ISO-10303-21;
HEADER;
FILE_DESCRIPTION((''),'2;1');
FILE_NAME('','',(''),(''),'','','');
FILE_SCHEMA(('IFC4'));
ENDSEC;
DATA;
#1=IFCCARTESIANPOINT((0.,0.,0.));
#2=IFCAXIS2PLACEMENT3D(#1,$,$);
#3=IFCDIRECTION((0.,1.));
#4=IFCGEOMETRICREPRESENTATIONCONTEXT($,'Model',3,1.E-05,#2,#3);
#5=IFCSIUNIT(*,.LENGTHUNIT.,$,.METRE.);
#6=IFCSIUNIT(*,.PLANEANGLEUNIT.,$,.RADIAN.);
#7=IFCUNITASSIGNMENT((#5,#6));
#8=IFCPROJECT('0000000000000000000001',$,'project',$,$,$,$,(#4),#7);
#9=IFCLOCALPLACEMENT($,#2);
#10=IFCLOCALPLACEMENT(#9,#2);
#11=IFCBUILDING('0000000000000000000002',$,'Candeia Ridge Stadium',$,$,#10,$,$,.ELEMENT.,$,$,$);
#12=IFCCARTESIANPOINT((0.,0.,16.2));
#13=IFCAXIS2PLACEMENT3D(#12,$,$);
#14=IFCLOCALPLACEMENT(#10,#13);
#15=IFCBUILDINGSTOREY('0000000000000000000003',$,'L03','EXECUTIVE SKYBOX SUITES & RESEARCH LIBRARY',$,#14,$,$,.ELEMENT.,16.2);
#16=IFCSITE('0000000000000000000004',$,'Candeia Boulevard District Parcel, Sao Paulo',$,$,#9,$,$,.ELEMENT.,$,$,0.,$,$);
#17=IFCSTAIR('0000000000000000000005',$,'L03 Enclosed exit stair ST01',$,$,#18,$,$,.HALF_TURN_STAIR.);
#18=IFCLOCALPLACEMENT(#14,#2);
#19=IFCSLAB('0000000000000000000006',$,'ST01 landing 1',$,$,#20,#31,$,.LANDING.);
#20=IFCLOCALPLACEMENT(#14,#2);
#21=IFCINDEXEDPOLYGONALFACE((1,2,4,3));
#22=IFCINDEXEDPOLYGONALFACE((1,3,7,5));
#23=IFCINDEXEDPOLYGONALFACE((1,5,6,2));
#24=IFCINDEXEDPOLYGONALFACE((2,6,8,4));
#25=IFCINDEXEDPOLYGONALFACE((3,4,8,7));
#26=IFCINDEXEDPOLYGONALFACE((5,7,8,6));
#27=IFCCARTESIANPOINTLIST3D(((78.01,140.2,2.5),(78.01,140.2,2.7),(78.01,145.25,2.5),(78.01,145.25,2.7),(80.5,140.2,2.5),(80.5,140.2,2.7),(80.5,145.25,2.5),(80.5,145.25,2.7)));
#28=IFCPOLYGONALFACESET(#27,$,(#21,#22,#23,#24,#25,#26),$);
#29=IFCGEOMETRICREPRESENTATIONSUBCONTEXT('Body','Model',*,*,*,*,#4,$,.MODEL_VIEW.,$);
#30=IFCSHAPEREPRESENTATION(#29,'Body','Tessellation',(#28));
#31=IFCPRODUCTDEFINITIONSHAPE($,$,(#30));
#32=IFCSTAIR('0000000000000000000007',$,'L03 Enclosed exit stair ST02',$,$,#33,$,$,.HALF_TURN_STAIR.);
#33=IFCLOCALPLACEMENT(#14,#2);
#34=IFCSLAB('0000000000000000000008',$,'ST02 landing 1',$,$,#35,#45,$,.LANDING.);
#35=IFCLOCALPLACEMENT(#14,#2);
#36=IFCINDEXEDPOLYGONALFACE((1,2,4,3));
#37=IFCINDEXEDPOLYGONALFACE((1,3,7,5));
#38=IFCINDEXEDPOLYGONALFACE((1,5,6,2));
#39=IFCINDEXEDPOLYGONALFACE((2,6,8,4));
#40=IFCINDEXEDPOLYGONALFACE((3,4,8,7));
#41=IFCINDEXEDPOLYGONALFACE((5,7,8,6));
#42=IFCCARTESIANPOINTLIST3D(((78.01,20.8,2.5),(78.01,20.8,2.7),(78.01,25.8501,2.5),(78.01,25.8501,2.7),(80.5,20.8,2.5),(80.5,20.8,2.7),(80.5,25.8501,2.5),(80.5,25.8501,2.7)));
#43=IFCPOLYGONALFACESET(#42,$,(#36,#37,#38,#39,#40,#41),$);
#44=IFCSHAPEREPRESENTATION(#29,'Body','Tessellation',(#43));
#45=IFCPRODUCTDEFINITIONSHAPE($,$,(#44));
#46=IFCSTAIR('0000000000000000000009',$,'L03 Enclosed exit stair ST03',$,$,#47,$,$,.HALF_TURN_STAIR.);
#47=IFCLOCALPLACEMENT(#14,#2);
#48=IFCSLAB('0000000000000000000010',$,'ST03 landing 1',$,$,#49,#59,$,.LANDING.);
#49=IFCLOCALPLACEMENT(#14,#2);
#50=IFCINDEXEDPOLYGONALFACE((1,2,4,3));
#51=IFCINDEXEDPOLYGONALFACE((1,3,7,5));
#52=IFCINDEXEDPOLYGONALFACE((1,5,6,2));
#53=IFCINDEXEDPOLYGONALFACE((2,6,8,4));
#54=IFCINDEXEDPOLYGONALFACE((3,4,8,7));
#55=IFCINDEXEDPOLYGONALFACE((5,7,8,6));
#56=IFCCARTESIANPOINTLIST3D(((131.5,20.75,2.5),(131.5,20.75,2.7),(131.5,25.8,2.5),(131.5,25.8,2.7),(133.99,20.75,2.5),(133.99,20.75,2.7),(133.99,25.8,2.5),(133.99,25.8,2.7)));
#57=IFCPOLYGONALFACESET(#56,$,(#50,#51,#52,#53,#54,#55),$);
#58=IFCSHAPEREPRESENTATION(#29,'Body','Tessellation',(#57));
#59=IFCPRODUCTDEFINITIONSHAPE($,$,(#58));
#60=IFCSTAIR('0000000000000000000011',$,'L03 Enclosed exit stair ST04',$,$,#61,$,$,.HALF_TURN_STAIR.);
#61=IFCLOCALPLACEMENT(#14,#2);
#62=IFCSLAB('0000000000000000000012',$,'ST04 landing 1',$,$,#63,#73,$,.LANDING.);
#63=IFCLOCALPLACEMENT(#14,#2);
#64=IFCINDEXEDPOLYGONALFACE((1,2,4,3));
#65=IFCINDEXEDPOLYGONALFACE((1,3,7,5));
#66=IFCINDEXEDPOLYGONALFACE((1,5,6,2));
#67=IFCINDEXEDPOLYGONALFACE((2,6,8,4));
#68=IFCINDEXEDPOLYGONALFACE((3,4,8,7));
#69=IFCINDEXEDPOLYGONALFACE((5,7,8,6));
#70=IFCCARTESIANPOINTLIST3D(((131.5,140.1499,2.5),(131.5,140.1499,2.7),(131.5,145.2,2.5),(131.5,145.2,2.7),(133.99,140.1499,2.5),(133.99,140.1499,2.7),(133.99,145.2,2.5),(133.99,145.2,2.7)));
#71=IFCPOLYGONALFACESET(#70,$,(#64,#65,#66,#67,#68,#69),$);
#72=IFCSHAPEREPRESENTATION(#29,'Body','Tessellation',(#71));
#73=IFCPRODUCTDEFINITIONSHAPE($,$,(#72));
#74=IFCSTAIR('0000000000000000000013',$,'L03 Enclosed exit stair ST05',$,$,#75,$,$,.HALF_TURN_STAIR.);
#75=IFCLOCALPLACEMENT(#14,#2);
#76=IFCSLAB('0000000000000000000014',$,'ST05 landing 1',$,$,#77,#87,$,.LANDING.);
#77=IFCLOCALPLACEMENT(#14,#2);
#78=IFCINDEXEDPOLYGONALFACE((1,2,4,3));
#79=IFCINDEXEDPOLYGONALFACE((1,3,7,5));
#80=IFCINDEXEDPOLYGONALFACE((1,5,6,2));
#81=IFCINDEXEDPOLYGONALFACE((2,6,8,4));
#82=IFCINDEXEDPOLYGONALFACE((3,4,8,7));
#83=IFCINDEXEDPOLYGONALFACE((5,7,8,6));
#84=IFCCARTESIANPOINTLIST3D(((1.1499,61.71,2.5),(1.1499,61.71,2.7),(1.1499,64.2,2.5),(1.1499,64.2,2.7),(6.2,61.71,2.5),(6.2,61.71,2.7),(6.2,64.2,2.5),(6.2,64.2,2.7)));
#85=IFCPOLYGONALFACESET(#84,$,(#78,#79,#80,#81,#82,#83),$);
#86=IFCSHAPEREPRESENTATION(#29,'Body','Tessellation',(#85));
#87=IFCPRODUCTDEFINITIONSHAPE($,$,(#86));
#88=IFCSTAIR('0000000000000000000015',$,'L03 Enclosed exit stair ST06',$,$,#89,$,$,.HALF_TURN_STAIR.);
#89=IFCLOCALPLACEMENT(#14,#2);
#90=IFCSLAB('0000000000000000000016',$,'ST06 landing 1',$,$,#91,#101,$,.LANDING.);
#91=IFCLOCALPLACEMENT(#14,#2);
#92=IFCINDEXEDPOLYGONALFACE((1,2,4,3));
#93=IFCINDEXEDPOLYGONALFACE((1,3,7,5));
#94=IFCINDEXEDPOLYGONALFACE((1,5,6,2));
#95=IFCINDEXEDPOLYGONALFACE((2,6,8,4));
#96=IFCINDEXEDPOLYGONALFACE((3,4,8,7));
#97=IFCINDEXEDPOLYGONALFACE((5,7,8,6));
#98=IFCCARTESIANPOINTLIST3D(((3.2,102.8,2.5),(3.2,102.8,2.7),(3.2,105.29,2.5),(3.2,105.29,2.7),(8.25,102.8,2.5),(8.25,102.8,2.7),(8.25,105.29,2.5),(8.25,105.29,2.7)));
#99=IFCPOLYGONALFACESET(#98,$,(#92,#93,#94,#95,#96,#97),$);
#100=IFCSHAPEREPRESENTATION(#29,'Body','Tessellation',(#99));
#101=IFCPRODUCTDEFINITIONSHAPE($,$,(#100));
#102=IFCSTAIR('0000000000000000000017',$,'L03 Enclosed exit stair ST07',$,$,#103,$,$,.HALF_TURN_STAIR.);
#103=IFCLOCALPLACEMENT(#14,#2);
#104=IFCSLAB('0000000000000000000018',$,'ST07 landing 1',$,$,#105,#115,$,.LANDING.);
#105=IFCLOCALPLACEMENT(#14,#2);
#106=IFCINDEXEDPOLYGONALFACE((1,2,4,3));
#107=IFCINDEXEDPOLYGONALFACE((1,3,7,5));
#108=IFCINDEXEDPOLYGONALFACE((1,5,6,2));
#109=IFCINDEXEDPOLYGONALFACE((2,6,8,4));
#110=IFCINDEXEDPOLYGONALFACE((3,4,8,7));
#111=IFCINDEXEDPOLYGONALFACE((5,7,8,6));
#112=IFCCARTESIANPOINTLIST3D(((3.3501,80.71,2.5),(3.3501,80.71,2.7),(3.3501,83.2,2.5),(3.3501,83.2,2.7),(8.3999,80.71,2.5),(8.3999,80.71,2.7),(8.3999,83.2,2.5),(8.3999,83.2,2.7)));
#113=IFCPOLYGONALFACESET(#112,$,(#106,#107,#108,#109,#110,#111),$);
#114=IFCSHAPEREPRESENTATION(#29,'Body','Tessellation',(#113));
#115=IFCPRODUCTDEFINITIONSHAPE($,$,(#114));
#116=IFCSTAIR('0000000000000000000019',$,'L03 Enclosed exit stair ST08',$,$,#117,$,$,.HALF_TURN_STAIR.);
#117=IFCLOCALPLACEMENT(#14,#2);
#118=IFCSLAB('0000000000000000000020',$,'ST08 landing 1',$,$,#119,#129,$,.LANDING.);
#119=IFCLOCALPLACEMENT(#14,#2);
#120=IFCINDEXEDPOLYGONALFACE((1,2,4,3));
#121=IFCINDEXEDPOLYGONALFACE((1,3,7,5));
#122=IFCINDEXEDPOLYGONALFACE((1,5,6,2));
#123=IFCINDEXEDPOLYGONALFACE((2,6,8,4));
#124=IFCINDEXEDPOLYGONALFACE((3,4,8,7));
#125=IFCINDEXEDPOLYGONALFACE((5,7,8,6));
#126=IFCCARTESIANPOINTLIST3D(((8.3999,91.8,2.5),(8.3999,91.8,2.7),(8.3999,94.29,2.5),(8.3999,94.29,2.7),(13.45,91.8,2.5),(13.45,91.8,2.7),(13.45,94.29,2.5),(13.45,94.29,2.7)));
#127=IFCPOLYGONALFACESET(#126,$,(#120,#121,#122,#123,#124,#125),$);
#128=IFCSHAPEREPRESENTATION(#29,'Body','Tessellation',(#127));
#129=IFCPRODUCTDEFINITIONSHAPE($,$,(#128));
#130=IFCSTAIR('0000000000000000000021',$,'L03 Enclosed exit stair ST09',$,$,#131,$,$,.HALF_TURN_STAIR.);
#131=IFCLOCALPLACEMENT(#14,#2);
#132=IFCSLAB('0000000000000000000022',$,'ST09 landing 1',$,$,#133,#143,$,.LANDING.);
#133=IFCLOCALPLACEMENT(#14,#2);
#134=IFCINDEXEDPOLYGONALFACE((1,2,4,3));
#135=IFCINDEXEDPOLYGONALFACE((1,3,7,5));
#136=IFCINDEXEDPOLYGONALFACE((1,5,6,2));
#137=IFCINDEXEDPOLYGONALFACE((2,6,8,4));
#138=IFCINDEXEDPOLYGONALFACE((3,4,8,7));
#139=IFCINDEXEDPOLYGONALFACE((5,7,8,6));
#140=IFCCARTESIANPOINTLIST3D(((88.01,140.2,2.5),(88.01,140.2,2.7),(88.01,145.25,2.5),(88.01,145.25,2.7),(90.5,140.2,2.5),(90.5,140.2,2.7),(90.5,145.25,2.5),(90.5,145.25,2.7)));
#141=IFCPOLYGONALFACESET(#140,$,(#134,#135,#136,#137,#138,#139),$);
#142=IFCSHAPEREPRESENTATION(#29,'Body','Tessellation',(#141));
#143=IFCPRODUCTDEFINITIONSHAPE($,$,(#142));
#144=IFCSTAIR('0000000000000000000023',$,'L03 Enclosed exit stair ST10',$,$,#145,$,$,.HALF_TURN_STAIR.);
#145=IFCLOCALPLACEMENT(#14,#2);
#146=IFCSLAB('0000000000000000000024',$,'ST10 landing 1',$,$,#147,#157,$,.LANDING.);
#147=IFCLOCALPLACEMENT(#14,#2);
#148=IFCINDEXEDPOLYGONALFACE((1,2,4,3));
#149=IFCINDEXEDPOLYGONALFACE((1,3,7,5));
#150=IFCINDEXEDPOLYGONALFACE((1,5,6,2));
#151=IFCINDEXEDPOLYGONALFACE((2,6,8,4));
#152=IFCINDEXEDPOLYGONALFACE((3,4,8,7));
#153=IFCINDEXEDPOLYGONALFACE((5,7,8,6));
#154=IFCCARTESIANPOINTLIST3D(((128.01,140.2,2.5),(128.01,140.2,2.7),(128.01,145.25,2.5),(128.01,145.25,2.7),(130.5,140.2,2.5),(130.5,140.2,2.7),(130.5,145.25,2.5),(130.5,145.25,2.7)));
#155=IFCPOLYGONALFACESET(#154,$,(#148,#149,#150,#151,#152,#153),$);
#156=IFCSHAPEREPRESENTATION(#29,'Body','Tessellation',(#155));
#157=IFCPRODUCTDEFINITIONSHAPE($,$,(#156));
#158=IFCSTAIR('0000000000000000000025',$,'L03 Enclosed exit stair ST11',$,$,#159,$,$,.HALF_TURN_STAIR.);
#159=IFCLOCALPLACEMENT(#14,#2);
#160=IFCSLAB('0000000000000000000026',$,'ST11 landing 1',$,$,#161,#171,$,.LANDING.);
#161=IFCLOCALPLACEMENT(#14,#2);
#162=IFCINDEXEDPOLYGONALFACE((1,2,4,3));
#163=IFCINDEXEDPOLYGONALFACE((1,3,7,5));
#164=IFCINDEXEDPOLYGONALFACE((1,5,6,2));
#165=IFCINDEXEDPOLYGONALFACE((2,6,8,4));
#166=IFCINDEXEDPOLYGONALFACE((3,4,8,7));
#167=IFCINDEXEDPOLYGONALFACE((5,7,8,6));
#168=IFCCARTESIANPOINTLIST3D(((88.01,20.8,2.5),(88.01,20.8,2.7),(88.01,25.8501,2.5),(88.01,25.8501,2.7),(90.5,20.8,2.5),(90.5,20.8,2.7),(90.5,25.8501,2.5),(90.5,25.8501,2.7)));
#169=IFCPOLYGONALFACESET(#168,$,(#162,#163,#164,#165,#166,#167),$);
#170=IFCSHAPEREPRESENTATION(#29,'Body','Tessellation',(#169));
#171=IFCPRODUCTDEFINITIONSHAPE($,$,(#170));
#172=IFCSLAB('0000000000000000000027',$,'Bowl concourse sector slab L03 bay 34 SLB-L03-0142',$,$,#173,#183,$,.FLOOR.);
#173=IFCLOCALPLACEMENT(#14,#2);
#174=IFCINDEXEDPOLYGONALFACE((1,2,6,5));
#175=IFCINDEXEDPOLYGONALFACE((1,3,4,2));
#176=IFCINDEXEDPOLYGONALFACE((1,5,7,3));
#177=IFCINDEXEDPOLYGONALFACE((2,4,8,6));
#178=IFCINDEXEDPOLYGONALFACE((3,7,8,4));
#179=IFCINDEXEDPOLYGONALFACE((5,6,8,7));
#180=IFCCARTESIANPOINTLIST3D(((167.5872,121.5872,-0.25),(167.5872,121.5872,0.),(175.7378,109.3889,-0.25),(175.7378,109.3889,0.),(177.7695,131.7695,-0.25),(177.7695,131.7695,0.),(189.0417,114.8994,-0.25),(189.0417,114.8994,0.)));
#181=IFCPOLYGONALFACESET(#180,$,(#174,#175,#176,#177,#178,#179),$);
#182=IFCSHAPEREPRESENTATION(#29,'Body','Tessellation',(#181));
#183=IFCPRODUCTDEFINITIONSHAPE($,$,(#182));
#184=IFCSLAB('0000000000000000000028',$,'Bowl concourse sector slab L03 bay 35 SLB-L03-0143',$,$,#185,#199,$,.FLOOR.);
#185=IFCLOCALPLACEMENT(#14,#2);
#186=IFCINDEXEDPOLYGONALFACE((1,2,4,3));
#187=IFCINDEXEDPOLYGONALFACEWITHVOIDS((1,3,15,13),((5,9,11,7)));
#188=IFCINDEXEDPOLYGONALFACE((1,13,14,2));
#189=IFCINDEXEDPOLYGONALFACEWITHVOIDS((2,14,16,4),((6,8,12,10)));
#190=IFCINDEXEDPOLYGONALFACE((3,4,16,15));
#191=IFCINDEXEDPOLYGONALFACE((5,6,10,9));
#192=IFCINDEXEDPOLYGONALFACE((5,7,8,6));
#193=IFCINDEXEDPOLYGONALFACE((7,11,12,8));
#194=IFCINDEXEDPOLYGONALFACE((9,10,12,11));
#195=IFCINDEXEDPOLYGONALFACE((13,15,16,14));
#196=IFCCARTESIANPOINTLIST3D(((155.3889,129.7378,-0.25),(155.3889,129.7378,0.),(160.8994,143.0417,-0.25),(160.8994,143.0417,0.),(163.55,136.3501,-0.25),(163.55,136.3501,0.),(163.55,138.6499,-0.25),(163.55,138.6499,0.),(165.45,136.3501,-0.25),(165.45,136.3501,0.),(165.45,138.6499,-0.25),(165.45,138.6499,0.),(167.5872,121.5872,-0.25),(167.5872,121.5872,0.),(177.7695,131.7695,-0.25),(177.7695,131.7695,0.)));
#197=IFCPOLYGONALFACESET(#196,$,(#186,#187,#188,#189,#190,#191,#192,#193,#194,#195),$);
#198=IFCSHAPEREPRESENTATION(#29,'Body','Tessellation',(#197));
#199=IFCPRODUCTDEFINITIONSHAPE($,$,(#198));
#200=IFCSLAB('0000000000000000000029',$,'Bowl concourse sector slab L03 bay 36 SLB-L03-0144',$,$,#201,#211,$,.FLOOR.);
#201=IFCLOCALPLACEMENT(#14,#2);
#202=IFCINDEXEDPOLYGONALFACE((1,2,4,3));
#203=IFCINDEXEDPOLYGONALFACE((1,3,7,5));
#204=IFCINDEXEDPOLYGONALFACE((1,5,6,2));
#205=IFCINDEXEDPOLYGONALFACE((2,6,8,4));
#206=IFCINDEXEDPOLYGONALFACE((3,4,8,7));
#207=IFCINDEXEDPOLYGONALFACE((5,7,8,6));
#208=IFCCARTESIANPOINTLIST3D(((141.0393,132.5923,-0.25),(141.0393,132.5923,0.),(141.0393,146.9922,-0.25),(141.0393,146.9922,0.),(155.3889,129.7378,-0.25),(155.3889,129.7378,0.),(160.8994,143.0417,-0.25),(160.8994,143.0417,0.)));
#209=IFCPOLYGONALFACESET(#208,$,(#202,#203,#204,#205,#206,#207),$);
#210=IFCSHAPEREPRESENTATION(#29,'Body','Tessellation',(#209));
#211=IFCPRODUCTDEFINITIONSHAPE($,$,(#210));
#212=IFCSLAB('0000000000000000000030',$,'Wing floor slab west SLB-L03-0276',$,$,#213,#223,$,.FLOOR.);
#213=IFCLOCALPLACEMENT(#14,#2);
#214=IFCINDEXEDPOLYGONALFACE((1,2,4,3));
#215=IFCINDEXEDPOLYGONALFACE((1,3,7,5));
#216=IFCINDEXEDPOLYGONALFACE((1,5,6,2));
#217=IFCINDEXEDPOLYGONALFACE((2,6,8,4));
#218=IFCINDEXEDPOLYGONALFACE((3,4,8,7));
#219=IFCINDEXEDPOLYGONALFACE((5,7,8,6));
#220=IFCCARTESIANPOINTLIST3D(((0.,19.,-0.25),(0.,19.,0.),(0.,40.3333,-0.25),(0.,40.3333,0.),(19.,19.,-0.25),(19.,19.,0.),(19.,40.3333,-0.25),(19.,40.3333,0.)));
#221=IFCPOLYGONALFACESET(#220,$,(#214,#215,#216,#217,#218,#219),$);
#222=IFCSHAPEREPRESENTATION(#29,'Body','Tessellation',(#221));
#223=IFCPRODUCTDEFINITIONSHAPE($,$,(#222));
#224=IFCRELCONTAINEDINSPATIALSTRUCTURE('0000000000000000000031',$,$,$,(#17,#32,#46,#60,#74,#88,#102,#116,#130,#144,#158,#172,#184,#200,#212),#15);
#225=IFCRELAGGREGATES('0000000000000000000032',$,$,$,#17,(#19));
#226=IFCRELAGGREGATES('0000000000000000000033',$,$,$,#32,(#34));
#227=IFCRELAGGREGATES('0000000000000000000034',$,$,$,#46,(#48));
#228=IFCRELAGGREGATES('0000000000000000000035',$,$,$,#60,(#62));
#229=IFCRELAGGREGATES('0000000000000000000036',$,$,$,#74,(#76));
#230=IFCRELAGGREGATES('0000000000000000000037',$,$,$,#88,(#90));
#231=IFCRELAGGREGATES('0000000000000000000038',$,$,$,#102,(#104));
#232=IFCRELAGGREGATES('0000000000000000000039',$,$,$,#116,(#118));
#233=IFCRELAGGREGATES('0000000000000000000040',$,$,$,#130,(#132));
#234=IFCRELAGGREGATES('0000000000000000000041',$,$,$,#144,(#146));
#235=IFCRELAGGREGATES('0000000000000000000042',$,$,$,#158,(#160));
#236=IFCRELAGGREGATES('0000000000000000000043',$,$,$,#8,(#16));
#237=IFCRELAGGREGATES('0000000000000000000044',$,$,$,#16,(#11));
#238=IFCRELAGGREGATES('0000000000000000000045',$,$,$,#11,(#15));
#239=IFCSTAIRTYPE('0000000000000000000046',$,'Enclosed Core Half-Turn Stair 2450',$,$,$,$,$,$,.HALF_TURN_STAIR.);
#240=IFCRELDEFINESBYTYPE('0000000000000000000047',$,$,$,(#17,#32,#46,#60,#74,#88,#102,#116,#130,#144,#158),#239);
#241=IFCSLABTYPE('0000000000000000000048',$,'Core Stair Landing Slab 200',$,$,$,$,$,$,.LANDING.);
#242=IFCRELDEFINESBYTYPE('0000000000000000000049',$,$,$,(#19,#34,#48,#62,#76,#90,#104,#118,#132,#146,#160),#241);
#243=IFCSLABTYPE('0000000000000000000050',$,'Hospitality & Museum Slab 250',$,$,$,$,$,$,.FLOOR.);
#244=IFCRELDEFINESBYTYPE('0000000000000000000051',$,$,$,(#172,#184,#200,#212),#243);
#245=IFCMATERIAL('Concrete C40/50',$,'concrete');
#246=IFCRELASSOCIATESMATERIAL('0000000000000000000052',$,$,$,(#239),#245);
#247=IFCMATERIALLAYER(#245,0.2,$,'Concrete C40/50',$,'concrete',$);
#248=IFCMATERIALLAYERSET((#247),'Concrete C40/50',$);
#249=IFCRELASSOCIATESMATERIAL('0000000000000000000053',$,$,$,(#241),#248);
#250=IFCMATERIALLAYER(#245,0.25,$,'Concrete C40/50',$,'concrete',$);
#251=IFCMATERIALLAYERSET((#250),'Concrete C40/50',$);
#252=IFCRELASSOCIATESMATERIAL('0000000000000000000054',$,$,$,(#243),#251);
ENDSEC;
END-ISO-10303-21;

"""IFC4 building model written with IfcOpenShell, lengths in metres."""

from ifc_helpers import new_model, si_unit, direction, frame, origin, place, context, subcontext, project, spatial, polyline, outline, extrude, material, layer, layer_set, type_object, element, aggregate, save


model = new_model("IFC4")

# Units and contexts
model_context = context("Model", 3, precision=1e-05, world=origin(), true_north=direction((0.0, 1.0)))
body_context = subcontext(model_context, "Body", "Model", "MODEL_VIEW")
ifc_project = project(units=[si_unit("LENGTHUNIT", "METRE"), si_unit("PLANEANGLEUNIT", "RADIAN")], contexts=[model_context])

# Site, building, storey
site_placement = place(None, origin())
site = spatial("IfcSite", under=ifc_project, at=site_placement, Name="Candeia Boulevard District Parcel, Sao Paulo", CompositionType="ELEMENT", RefElevation=0.0)
building_placement = place(site_placement, origin())
building = spatial("IfcBuilding", under=site, at=building_placement, Name="Candeia Ridge Stadium", CompositionType="ELEMENT")
storey_placement = place(building_placement, frame((0.0, 0.0, 16.2)))
storey = spatial("IfcBuildingStorey", under=building, at=storey_placement, Name="L03", Description="EXECUTIVE SKYBOX SUITES & RESEARCH LIBRARY", CompositionType="ELEMENT", Elevation=16.2)

# Stairs, slabs
ifc_material_1 = material(Name="Concrete C40/50", Category="concrete")
stair_type = type_object("IfcStairType", Name="Enclosed Core Half-Turn Stair 2450", PredefinedType="HALF_TURN_STAIR", material=ifc_material_1)
stair_1_placement = place(storey_placement, origin())
stair_1 = element("IfcStair", 1, at=stair_1_placement, inside=storey, type_object=stair_type, Name="L03 Enclosed exit stair ST01", PredefinedType="HALF_TURN_STAIR")
ifc_layer_1 = layer(ifc_material_1, 0.2, Name="Concrete C40/50", Category="concrete")
ifc_layer_set_1 = layer_set([ifc_layer_1], Name="Concrete C40/50")
slab_type_1 = type_object("IfcSlabType", Name="Core Stair Landing Slab 200", PredefinedType="LANDING", material=ifc_layer_set_1)
slab_1_placement = place(storey_placement, frame((0.0, 0.0, 2.5)))
slab_1 = element("IfcSlab", 2, at=slab_1_placement, type_object=slab_type_1, Name="ST01 landing 1", PredefinedType="LANDING", context=body_context, shape_type="SweptSolid", body=[
    extrude(outline(polyline([(78.01, 140.2), (80.5, 140.2), (80.5, 145.25), (78.01, 145.25), (78.01, 140.2)])), origin(), (0.0, 0.0, 1.0), 0.2),
])
aggregate(stair_1, [slab_1])
stair_2_placement = place(storey_placement, origin())
stair_2 = element("IfcStair", 3, at=stair_2_placement, inside=storey, type_object=stair_type, Name="L03 Enclosed exit stair ST02", PredefinedType="HALF_TURN_STAIR")
slab_2_placement = place(storey_placement, frame((0.0, 0.0, 2.5)))
slab_2 = element("IfcSlab", 4, at=slab_2_placement, type_object=slab_type_1, Name="ST02 landing 1", PredefinedType="LANDING", context=body_context, shape_type="SweptSolid", body=[
    extrude(outline(polyline([(78.01, 20.8), (80.5, 20.8), (80.5, 25.8501), (78.01, 25.8501), (78.01, 20.8)])), origin(), (0.0, 0.0, 1.0), 0.2),
])
aggregate(stair_2, [slab_2])
stair_3_placement = place(storey_placement, origin())
stair_3 = element("IfcStair", 5, at=stair_3_placement, inside=storey, type_object=stair_type, Name="L03 Enclosed exit stair ST03", PredefinedType="HALF_TURN_STAIR")
slab_3_placement = place(storey_placement, frame((0.0, 0.0, 2.5)))
slab_3 = element("IfcSlab", 6, at=slab_3_placement, type_object=slab_type_1, Name="ST03 landing 1", PredefinedType="LANDING", context=body_context, shape_type="SweptSolid", body=[
    extrude(outline(polyline([(133.99, 25.8), (131.5, 25.8), (131.5, 20.75), (133.99, 20.75), (133.99, 25.8)])), origin(), (0.0, 0.0, 1.0), 0.2),
])
aggregate(stair_3, [slab_3])
stair_4_placement = place(storey_placement, origin())
stair_4 = element("IfcStair", 7, at=stair_4_placement, inside=storey, type_object=stair_type, Name="L03 Enclosed exit stair ST04", PredefinedType="HALF_TURN_STAIR")
slab_4_placement = place(storey_placement, frame((0.0, 0.0, 2.5)))
slab_4 = element("IfcSlab", 8, at=slab_4_placement, type_object=slab_type_1, Name="ST04 landing 1", PredefinedType="LANDING", context=body_context, shape_type="SweptSolid", body=[
    extrude(outline(polyline([(133.99, 145.2), (131.5, 145.2), (131.5, 140.1499), (133.99, 140.1499), (133.99, 145.2)])), origin(), (0.0, 0.0, 1.0), 0.2),
])
aggregate(stair_4, [slab_4])
stair_5_placement = place(storey_placement, origin())
stair_5 = element("IfcStair", 9, at=stair_5_placement, inside=storey, type_object=stair_type, Name="L03 Enclosed exit stair ST05", PredefinedType="HALF_TURN_STAIR")
slab_5_placement = place(storey_placement, frame((0.0, 0.0, 2.5)))
slab_5 = element("IfcSlab", 10, at=slab_5_placement, type_object=slab_type_1, Name="ST05 landing 1", PredefinedType="LANDING", context=body_context, shape_type="SweptSolid", body=[
    extrude(outline(polyline([(6.2, 61.71), (6.2, 64.2), (1.1499, 64.2), (1.1499, 61.71), (6.2, 61.71)])), origin(), (0.0, 0.0, 1.0), 0.2),
])
aggregate(stair_5, [slab_5])
stair_6_placement = place(storey_placement, origin())
stair_6 = element("IfcStair", 11, at=stair_6_placement, inside=storey, type_object=stair_type, Name="L03 Enclosed exit stair ST06", PredefinedType="HALF_TURN_STAIR")
slab_6_placement = place(storey_placement, frame((0.0, 0.0, 2.5)))
slab_6 = element("IfcSlab", 12, at=slab_6_placement, type_object=slab_type_1, Name="ST06 landing 1", PredefinedType="LANDING", context=body_context, shape_type="SweptSolid", body=[
    extrude(outline(polyline([(3.2, 105.29), (3.2, 102.8), (8.25, 102.8), (8.25, 105.29), (3.2, 105.29)])), origin(), (0.0, 0.0, 1.0), 0.2),
])
aggregate(stair_6, [slab_6])
stair_7_placement = place(storey_placement, origin())
stair_7 = element("IfcStair", 13, at=stair_7_placement, inside=storey, type_object=stair_type, Name="L03 Enclosed exit stair ST07", PredefinedType="HALF_TURN_STAIR")
slab_7_placement = place(storey_placement, frame((0.0, 0.0, 2.5)))
slab_7 = element("IfcSlab", 14, at=slab_7_placement, type_object=slab_type_1, Name="ST07 landing 1", PredefinedType="LANDING", context=body_context, shape_type="SweptSolid", body=[
    extrude(outline(polyline([(8.3999, 80.71), (8.3999, 83.2), (3.3501, 83.2), (3.3501, 80.71), (8.3999, 80.71)])), origin(), (0.0, 0.0, 1.0), 0.2),
])
aggregate(stair_7, [slab_7])
stair_8_placement = place(storey_placement, origin())
stair_8 = element("IfcStair", 15, at=stair_8_placement, inside=storey, type_object=stair_type, Name="L03 Enclosed exit stair ST08", PredefinedType="HALF_TURN_STAIR")
slab_8_placement = place(storey_placement, frame((0.0, 0.0, 2.5)))
slab_8 = element("IfcSlab", 16, at=slab_8_placement, type_object=slab_type_1, Name="ST08 landing 1", PredefinedType="LANDING", context=body_context, shape_type="SweptSolid", body=[
    extrude(outline(polyline([(8.3999, 94.29), (8.3999, 91.8), (13.45, 91.8), (13.45, 94.29), (8.3999, 94.29)])), origin(), (0.0, 0.0, 1.0), 0.2),
])
aggregate(stair_8, [slab_8])
stair_9_placement = place(storey_placement, origin())
stair_9 = element("IfcStair", 17, at=stair_9_placement, inside=storey, type_object=stair_type, Name="L03 Enclosed exit stair ST09", PredefinedType="HALF_TURN_STAIR")
slab_9_placement = place(storey_placement, frame((0.0, 0.0, 2.5)))
slab_9 = element("IfcSlab", 18, at=slab_9_placement, type_object=slab_type_1, Name="ST09 landing 1", PredefinedType="LANDING", context=body_context, shape_type="SweptSolid", body=[
    extrude(outline(polyline([(88.01, 140.2), (90.5, 140.2), (90.5, 145.25), (88.01, 145.25), (88.01, 140.2)])), origin(), (0.0, 0.0, 1.0), 0.2),
])
aggregate(stair_9, [slab_9])
stair_10_placement = place(storey_placement, origin())
stair_10 = element("IfcStair", 19, at=stair_10_placement, inside=storey, type_object=stair_type, Name="L03 Enclosed exit stair ST10", PredefinedType="HALF_TURN_STAIR")
slab_10_placement = place(storey_placement, frame((0.0, 0.0, 2.5)))
slab_10 = element("IfcSlab", 20, at=slab_10_placement, type_object=slab_type_1, Name="ST10 landing 1", PredefinedType="LANDING", context=body_context, shape_type="SweptSolid", body=[
    extrude(outline(polyline([(128.01, 140.2), (130.5, 140.2), (130.5, 145.25), (128.01, 145.25), (128.01, 140.2)])), origin(), (0.0, 0.0, 1.0), 0.2),
])
aggregate(stair_10, [slab_10])
stair_11_placement = place(storey_placement, origin())
stair_11 = element("IfcStair", 21, at=stair_11_placement, inside=storey, type_object=stair_type, Name="L03 Enclosed exit stair ST11", PredefinedType="HALF_TURN_STAIR")
slab_11_placement = place(storey_placement, frame((0.0, 0.0, 2.5)))
slab_11 = element("IfcSlab", 22, at=slab_11_placement, type_object=slab_type_1, Name="ST11 landing 1", PredefinedType="LANDING", context=body_context, shape_type="SweptSolid", body=[
    extrude(outline(polyline([(88.01, 20.8), (90.5, 20.8), (90.5, 25.8501), (88.01, 25.8501), (88.01, 20.8)])), origin(), (0.0, 0.0, 1.0), 0.2),
])
aggregate(stair_11, [slab_11])

# Slabs
ifc_layer_2 = layer(ifc_material_1, 0.25, Name="Concrete C40/50", Category="concrete")
ifc_layer_set_2 = layer_set([ifc_layer_2], Name="Concrete C40/50")
slab_type_2 = type_object("IfcSlabType", Name="Hospitality & Museum Slab 250", PredefinedType="FLOOR", material=ifc_layer_set_2)
slab_12_placement = place(storey_placement, frame((0.0, 0.0, -0.25)))
element("IfcSlab", 23, at=slab_12_placement, inside=storey, type_object=slab_type_2, Name="Bowl concourse sector slab L03 bay 34 SLB-L03-0142", PredefinedType="FLOOR", context=body_context, shape_type="SweptSolid", body=[
    extrude(outline(polyline([(167.5872, 121.5872), (177.7695, 131.7695), (189.0417, 114.8994), (175.7378, 109.3889), (167.5872, 121.5872)])), origin(), (0.0, 0.0, 1.0), 0.25),
])
slab_13_placement = place(storey_placement, frame((0.0, 0.0, -0.25)))
element("IfcSlab", 24, at=slab_13_placement, inside=storey, type_object=slab_type_2, Name="Bowl concourse sector slab L03 bay 35 SLB-L03-0143", PredefinedType="FLOOR", context=body_context, shape_type="SweptSolid", body=[
    extrude(outline(polyline([(155.3889, 129.7378), (160.8994, 143.0417), (177.7695, 131.7695), (167.5872, 121.5872), (155.3889, 129.7378)]), holes=[polyline([(165.45, 136.3501), (165.45, 138.6499), (163.55, 138.6499), (163.55, 136.3501), (165.45, 136.3501)])]), origin(), (0.0, 0.0, 1.0), 0.25),
])
slab_14_placement = place(storey_placement, frame((0.0, 0.0, -0.25)))
element("IfcSlab", 25, at=slab_14_placement, inside=storey, type_object=slab_type_2, Name="Bowl concourse sector slab L03 bay 36 SLB-L03-0144", PredefinedType="FLOOR", context=body_context, shape_type="SweptSolid", body=[
    extrude(outline(polyline([(141.0393, 132.5923), (141.0393, 146.9922), (160.8994, 143.0417), (155.3889, 129.7378), (141.0393, 132.5923)])), origin(), (0.0, 0.0, 1.0), 0.25),
])
slab_15_placement = place(storey_placement, frame((0.0, 0.0, -0.25)))
element("IfcSlab", 26, at=slab_15_placement, inside=storey, type_object=slab_type_2, Name="Wing floor slab west SLB-L03-0276", PredefinedType="FLOOR", context=body_context, shape_type="SweptSolid", body=[
    extrude(outline(polyline([(0.0, 19.0), (0.0, 40.3333), (19.0, 40.3333), (19.0, 19.0), (0.0, 19.0)])), origin(), (0.0, 0.0, 1.0), 0.25),
])

save(model, "model.ifc")
